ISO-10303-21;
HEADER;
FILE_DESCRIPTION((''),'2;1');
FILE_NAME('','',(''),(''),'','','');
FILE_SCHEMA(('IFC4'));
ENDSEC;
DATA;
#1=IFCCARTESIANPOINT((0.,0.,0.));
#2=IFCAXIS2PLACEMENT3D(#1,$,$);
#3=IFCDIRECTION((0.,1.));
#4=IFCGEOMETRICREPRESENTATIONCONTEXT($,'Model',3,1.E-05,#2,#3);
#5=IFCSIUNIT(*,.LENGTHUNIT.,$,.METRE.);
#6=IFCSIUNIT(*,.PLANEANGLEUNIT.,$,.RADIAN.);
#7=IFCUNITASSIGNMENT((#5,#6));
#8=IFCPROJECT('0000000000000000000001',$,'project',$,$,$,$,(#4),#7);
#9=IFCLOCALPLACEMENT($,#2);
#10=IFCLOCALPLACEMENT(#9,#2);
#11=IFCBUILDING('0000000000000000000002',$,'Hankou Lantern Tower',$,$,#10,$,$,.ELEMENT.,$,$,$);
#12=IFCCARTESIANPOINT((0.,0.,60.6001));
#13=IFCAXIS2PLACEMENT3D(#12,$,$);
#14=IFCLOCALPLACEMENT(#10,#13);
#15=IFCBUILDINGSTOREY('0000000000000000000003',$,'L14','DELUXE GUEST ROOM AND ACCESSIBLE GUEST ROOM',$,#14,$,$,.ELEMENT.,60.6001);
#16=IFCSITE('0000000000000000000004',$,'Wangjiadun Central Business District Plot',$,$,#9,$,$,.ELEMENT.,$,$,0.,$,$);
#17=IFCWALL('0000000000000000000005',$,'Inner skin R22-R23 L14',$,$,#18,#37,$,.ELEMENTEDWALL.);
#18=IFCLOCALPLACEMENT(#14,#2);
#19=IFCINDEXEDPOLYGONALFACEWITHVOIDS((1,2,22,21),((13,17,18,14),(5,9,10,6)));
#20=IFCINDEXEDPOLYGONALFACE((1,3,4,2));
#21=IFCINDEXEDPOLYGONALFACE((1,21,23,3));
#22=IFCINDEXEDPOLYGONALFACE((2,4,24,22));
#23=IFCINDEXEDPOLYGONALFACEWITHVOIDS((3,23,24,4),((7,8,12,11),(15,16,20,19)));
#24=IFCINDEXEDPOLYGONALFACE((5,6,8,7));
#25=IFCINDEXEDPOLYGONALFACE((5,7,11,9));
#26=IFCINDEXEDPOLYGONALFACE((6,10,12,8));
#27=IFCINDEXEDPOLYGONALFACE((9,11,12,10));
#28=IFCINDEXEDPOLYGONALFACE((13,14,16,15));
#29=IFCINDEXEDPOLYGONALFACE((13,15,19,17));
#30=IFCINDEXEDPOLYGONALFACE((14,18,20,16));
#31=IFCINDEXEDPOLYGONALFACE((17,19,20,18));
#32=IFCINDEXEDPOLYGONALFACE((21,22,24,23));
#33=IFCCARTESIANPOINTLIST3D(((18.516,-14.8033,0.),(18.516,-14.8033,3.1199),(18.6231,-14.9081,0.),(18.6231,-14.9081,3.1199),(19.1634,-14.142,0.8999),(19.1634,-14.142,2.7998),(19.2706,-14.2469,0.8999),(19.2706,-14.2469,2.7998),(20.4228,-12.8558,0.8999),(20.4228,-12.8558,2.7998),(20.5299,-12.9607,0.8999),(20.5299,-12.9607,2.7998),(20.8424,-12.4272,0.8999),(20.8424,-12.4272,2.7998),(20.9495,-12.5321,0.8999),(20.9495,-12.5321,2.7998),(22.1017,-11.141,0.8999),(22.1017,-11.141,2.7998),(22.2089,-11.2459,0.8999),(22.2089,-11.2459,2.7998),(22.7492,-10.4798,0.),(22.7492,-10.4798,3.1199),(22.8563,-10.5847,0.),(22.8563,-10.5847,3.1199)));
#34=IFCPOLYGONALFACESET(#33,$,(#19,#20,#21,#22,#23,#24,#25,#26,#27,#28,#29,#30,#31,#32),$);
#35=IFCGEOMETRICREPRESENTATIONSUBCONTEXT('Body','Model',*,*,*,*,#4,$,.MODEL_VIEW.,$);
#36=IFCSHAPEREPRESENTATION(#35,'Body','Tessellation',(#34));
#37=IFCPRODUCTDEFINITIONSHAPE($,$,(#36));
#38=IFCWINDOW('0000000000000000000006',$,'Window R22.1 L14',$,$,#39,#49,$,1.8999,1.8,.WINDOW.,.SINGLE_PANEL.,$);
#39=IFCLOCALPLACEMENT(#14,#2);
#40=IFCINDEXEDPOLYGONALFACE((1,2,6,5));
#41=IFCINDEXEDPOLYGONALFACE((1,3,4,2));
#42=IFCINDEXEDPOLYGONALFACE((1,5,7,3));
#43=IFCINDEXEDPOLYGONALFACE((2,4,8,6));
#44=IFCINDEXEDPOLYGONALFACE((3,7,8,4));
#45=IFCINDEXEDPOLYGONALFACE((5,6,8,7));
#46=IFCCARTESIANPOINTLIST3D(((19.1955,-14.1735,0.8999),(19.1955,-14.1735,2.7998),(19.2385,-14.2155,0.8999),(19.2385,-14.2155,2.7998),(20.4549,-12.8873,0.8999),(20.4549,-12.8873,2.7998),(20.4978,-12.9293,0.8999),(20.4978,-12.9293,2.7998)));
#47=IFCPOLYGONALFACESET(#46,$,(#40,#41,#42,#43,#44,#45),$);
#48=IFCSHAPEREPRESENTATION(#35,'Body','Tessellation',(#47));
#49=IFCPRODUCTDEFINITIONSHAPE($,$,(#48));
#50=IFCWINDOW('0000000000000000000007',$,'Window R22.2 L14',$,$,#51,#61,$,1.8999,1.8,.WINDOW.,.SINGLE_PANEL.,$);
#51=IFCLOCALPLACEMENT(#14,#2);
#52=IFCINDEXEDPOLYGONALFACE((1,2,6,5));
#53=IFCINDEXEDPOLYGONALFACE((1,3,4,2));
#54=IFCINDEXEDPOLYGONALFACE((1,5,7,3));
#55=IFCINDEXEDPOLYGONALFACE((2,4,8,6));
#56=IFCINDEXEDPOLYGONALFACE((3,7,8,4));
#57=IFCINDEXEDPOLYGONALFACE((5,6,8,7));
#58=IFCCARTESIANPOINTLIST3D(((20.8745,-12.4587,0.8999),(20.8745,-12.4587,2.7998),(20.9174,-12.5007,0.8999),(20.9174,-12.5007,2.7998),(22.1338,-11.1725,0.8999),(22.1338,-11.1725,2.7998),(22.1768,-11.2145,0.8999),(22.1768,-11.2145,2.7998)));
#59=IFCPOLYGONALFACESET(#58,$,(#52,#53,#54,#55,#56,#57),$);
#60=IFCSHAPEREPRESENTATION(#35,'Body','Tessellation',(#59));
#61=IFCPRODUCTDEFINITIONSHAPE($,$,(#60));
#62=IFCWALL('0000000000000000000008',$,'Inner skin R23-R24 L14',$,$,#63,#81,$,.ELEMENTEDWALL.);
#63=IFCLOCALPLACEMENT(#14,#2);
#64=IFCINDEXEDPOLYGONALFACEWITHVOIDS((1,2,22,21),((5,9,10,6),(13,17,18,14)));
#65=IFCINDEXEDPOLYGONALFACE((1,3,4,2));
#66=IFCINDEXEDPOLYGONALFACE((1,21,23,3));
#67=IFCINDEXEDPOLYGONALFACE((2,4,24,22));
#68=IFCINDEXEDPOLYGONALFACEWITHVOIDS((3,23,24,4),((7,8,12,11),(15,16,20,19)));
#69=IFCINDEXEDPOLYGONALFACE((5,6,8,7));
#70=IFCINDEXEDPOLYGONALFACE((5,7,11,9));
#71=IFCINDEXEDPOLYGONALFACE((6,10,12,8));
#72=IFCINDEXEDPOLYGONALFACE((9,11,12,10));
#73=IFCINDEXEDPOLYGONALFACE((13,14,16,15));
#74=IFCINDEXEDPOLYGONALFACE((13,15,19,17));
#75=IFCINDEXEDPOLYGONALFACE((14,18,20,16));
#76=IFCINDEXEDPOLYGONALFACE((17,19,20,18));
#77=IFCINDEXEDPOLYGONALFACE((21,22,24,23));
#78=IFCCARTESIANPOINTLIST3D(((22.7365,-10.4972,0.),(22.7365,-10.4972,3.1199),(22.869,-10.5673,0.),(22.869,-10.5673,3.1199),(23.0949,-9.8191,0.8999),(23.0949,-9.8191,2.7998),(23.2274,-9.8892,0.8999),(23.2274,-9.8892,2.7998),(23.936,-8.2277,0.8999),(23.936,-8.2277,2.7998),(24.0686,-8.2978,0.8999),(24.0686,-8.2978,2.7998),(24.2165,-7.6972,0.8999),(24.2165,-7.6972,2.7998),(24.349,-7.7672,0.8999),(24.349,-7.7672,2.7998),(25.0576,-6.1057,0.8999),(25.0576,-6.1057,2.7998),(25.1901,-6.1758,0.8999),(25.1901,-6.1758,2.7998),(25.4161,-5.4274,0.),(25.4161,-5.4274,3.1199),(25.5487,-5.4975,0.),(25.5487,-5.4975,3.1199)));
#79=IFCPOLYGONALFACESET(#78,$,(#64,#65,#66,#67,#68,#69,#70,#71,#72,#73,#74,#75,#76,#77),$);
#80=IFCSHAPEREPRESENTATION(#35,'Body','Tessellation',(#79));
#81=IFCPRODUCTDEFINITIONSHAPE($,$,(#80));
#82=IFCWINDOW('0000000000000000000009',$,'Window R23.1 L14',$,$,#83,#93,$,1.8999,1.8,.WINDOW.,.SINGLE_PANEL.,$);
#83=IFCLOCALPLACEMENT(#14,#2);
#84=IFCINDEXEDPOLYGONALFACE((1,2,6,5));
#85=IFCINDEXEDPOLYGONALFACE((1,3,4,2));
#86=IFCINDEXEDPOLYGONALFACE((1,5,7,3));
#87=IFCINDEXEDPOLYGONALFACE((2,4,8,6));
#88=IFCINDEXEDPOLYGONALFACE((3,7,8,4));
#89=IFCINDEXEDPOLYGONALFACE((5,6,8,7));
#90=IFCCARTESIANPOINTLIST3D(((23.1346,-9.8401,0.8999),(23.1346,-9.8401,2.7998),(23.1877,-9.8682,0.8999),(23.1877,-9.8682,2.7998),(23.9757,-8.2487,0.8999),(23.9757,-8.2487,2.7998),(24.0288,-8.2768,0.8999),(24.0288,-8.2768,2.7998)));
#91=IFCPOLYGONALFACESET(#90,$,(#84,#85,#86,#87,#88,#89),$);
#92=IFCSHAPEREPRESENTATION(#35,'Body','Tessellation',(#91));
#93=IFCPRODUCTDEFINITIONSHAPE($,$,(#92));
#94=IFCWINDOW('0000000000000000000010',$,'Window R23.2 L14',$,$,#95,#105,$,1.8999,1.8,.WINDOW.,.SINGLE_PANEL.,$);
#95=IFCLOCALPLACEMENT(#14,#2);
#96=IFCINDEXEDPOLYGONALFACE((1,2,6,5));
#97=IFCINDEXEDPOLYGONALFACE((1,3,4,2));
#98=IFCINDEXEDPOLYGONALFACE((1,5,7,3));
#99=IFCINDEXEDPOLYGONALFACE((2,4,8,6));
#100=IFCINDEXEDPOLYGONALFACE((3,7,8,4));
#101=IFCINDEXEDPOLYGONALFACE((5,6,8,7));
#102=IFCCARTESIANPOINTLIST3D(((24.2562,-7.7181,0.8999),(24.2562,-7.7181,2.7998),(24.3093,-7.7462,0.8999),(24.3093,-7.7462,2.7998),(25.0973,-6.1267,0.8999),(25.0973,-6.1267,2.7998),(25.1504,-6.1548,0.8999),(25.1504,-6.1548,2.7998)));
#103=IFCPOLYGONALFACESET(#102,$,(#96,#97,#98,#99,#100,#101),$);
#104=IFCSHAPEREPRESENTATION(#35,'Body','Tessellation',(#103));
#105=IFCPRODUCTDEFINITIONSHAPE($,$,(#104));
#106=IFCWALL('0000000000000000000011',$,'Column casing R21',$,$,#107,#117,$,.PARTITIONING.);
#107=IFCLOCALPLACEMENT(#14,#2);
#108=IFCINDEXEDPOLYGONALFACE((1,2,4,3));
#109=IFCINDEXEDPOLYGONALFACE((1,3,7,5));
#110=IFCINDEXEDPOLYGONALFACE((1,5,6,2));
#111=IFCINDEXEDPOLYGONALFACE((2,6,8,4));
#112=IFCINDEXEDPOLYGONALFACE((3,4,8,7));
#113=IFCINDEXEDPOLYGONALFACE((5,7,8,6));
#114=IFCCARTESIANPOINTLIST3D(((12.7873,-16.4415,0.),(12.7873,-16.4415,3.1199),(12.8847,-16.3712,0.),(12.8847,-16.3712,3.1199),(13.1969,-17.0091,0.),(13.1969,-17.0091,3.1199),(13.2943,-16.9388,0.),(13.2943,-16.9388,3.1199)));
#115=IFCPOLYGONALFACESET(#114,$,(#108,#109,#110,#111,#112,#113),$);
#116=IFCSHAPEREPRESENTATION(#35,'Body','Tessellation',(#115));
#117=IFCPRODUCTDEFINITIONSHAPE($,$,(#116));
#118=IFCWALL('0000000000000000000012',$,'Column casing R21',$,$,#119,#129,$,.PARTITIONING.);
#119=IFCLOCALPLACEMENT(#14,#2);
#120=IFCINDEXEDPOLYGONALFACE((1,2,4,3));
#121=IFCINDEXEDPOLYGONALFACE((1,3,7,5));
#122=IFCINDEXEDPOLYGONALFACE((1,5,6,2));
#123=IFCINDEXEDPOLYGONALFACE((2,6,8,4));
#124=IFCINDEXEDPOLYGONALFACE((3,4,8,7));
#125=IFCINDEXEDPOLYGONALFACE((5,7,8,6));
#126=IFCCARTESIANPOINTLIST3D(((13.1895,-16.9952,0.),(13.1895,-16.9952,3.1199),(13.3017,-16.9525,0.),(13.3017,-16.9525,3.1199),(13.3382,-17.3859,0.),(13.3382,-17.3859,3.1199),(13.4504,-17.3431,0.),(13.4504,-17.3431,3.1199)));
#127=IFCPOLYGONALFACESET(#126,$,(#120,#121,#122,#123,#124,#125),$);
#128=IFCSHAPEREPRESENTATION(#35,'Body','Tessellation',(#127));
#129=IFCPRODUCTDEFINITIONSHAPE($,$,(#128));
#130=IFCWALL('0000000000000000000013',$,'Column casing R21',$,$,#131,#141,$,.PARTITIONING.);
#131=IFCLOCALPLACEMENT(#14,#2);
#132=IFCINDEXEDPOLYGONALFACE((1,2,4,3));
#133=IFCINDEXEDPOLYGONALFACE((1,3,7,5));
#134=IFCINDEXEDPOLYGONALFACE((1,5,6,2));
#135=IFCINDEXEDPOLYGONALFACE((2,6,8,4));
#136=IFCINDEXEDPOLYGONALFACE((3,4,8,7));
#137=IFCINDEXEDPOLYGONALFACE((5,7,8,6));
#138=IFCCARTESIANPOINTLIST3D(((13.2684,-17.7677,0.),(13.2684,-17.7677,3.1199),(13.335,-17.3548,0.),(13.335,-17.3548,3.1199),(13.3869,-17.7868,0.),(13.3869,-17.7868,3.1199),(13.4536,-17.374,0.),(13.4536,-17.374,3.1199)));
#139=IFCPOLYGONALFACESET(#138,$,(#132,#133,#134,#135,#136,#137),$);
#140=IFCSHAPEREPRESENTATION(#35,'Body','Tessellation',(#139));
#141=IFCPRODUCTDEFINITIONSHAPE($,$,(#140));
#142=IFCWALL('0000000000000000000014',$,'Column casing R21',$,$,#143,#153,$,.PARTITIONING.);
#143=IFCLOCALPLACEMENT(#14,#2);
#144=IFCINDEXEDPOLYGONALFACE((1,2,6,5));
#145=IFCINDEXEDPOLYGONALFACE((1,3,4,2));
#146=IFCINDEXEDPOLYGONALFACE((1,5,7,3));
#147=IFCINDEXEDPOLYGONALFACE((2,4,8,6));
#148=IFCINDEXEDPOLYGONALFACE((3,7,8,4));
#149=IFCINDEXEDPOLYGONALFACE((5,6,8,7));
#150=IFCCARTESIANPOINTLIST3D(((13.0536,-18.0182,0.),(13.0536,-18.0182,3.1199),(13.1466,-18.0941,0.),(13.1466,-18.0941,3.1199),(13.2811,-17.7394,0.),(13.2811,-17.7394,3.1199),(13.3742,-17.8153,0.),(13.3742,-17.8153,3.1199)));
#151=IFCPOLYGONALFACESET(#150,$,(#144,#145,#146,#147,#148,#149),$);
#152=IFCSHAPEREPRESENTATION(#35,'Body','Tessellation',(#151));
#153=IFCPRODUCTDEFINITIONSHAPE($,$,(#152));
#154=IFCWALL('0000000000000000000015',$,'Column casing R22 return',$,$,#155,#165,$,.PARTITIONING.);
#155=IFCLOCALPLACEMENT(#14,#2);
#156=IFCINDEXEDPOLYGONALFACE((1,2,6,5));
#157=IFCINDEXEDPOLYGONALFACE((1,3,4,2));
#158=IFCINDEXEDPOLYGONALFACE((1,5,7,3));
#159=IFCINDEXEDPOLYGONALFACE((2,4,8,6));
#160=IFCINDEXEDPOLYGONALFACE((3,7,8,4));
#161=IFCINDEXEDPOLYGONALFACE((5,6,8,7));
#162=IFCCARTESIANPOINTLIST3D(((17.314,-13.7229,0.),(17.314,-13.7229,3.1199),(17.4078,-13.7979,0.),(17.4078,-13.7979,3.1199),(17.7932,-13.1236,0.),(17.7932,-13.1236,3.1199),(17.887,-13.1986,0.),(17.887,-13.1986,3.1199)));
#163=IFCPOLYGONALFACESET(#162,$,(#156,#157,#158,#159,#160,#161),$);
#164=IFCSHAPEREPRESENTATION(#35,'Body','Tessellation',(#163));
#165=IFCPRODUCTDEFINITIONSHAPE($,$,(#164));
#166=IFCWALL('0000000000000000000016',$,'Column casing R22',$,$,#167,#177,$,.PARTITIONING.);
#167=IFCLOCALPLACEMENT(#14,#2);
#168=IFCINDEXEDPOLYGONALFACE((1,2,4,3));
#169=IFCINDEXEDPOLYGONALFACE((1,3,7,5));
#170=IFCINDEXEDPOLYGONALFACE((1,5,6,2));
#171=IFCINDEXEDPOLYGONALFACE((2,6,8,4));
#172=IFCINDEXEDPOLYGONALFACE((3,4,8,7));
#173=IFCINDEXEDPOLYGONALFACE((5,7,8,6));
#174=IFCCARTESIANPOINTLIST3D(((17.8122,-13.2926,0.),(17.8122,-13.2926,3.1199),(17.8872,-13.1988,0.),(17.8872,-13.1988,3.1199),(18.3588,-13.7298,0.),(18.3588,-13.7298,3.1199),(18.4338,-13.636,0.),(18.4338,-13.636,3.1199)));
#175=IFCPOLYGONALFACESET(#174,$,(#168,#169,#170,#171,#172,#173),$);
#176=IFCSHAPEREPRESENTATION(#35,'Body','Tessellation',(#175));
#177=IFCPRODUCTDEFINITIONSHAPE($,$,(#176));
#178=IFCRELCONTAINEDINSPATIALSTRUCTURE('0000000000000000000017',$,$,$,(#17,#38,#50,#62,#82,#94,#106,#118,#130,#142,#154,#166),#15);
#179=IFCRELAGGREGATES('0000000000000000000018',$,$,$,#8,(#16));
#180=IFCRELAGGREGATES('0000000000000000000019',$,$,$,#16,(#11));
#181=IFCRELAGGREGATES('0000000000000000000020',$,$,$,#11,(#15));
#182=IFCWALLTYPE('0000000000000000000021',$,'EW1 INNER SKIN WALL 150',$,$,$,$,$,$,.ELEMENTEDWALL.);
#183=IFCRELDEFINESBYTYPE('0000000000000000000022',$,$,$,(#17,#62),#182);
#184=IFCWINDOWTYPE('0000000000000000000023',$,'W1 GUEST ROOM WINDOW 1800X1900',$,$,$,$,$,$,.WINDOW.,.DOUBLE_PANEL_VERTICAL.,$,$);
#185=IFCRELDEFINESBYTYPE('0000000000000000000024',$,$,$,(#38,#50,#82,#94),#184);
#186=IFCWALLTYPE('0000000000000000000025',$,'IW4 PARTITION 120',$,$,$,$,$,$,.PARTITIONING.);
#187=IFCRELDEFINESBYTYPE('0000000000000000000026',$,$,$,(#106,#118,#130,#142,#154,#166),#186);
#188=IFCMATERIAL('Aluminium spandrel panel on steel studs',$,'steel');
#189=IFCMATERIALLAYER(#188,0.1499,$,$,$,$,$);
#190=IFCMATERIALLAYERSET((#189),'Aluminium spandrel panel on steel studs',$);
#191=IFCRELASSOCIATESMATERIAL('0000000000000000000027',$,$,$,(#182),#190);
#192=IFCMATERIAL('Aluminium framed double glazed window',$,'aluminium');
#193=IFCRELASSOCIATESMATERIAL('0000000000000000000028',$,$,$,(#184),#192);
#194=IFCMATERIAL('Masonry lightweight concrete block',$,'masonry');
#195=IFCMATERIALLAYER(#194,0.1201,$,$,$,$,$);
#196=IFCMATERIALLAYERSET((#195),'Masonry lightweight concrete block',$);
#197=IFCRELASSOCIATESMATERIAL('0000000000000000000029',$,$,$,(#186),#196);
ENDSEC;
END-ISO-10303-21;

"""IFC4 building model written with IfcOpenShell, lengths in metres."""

from ifc_helpers import new_model, si_unit, direction, frame, frame_2d, origin, place, context, subcontext, project, spatial, rectangle, extrude, material, layer, layer_set, type_object, element, fill, save


model = new_model("IFC4")

# Units and contexts
model_context = context("Model", 3, precision=1e-05, world=origin(), true_north=direction((0.0, 1.0)))
body_context = subcontext(model_context, "Body", "Model", "MODEL_VIEW")
ifc_project = project(units=[si_unit("LENGTHUNIT", "METRE"), si_unit("PLANEANGLEUNIT", "RADIAN")], contexts=[model_context])

# Site, building, storey
site_placement = place(None, origin())
site = spatial("IfcSite", under=ifc_project, at=site_placement, Name="Wangjiadun Central Business District Plot", CompositionType="ELEMENT", RefElevation=0.0)
building_placement = place(site_placement, origin())
building = spatial("IfcBuilding", under=site, at=building_placement, Name="Hankou Lantern Tower", CompositionType="ELEMENT")
storey_placement = place(building_placement, frame((0.0, 0.0, 60.6001)))
storey = spatial("IfcBuildingStorey", under=building, at=storey_placement, Name="L14", Description="DELUXE GUEST ROOM AND ACCESSIBLE GUEST ROOM", CompositionType="ELEMENT", Elevation=60.6001)

# Walls, openings, windows
ifc_material_1 = material(Name="Aluminium spandrel panel on steel studs", Category="steel")
ifc_layer_1 = layer(ifc_material_1, 0.1499)
ifc_layer_set_1 = layer_set([ifc_layer_1], Name="Aluminium spandrel panel on steel studs")
wall_type_1 = type_object("IfcWallType", Name="EW1 INNER SKIN WALL 150", PredefinedType="ELEMENTEDWALL", material=ifc_layer_set_1)
ifc_material_2 = material(Name="Aluminium framed double glazed window", Category="aluminium")
window_type = type_object("IfcWindowType", Name="W1 GUEST ROOM WINDOW 1800X1900", PartitioningType="DOUBLE_PANEL_VERTICAL", PredefinedType="WINDOW", material=ifc_material_2)
wall_1_placement = place(storey_placement, frame((18.5696, -14.8557, 0.0), z_axis=(0.0, 0.0, 1.0), x_axis=(0.699603, 0.714532, 0.0)))
wall_1 = element("IfcWall", 1, at=wall_1_placement, inside=storey, type_object=wall_type_1, Name="Inner skin R22-R23 L14", PredefinedType="ELEMENTEDWALL", context=body_context, shape_type="SweptSolid", body=[
    extrude(rectangle(XDim=6.0508, YDim=0.1499, at=frame_2d((3.0254, 0.0))), origin(), (0.0, 0.0, 1.0), 3.1199),
])
opening_1_placement = place(wall_1_placement, frame((0.9255, 0.0, 0.8999)))
opening_1 = element("IfcOpeningElement", 2, at=opening_1_placement, cuts=wall_1, PredefinedType="OPENING", context=body_context, shape_type="SweptSolid", body=[
    extrude(rectangle(XDim=1.8, YDim=1.8999, at=frame_2d((0.8999, 0.95))), frame((0.0, 0.085, 0.0), z_axis=(0.0, -1.0, 0.0), x_axis=(1.0, 0.0, 0.0)), (0.0, 0.0, 1.0), 0.1699),
])
opening_2_placement = place(wall_1_placement, frame((3.3254, 0.0, 0.8999)))
opening_2 = element("IfcOpeningElement", 3, at=opening_2_placement, cuts=wall_1, PredefinedType="OPENING", context=body_context, shape_type="SweptSolid", body=[
    extrude(rectangle(XDim=1.8, YDim=1.8999, at=frame_2d((0.8999, 0.95))), frame((0.0, 0.085, 0.0), z_axis=(0.0, -1.0, 0.0), x_axis=(1.0, 0.0, 0.0)), (0.0, 0.0, 1.0), 0.1699),
])
window_1_placement = place(opening_1_placement, origin())
window_1 = element("IfcWindow", 4, at=window_1_placement, inside=storey, type_object=window_type, Name="Window R22.1 L14", OverallHeight=1.8999, OverallWidth=1.8, PartitioningType="SINGLE_PANEL", PredefinedType="WINDOW", context=body_context, shape_type="SweptSolid", body=[
    extrude(rectangle(XDim=1.8, YDim=1.8999, at=frame_2d((0.8999, 0.95))), frame((0.0, 0.03, 0.0), z_axis=(0.0, -1.0, 0.0), x_axis=(1.0, 0.0, 0.0)), (0.0, 0.0, 1.0), 0.0601),
])
fill(opening_1, window_1)
window_2_placement = place(opening_2_placement, origin())
window_2 = element("IfcWindow", 5, at=window_2_placement, inside=storey, type_object=window_type, Name="Window R22.2 L14", OverallHeight=1.8999, OverallWidth=1.8, PartitioningType="SINGLE_PANEL", PredefinedType="WINDOW", context=body_context, shape_type="SweptSolid", body=[
    extrude(rectangle(XDim=1.8, YDim=1.8999, at=frame_2d((0.8999, 0.95))), frame((0.0, 0.03, 0.0), z_axis=(0.0, -1.0, 0.0), x_axis=(1.0, 0.0, 0.0)), (0.0, 0.0, 1.0), 0.0601),
])
fill(opening_2, window_2)
wall_2_placement = place(storey_placement, frame((22.8027, -10.5322, 0.0), z_axis=(0.0, 0.0, 1.0), x_axis=(0.467297, 0.8841, 0.0)))
wall_2 = element("IfcWall", 6, at=wall_2_placement, inside=storey, type_object=wall_type_1, Name="Inner skin R23-R24 L14", PredefinedType="ELEMENTEDWALL", context=body_context, shape_type="SweptSolid", body=[
    extrude(rectangle(XDim=5.7344, YDim=0.1499, at=frame_2d((2.8672, 0.0))), origin(), (0.0, 0.0, 1.0), 3.1199),
])
opening_3_placement = place(wall_2_placement, frame((0.7671, 0.0, 0.8999)))
opening_3 = element("IfcOpeningElement", 7, at=opening_3_placement, cuts=wall_2, PredefinedType="OPENING", context=body_context, shape_type="SweptSolid", body=[
    extrude(rectangle(XDim=1.8, YDim=1.8999, at=frame_2d((0.8999, 0.95))), frame((0.0, 0.085, 0.0), z_axis=(0.0, -1.0, 0.0), x_axis=(1.0, 0.0, 0.0)), (0.0, 0.0, 1.0), 0.1699),
])
opening_4_placement = place(wall_2_placement, frame((3.1672, 0.0, 0.8999)))
opening_4 = element("IfcOpeningElement", 8, at=opening_4_placement, cuts=wall_2, PredefinedType="OPENING", context=body_context, shape_type="SweptSolid", body=[
    extrude(rectangle(XDim=1.8, YDim=1.8999, at=frame_2d((0.8999, 0.95))), frame((0.0, 0.085, 0.0), z_axis=(0.0, -1.0, 0.0), x_axis=(1.0, 0.0, 0.0)), (0.0, 0.0, 1.0), 0.1699),
])
window_3_placement = place(opening_3_placement, origin())
window_3 = element("IfcWindow", 9, at=window_3_placement, inside=storey, type_object=window_type, Name="Window R23.1 L14", OverallHeight=1.8999, OverallWidth=1.8, PartitioningType="SINGLE_PANEL", PredefinedType="WINDOW", context=body_context, shape_type="SweptSolid", body=[
    extrude(rectangle(XDim=1.8, YDim=1.8999, at=frame_2d((0.8999, 0.95))), frame((0.0, 0.03, 0.0), z_axis=(0.0, -1.0, 0.0), x_axis=(1.0, 0.0, 0.0)), (0.0, 0.0, 1.0), 0.0601),
])
fill(opening_3, window_3)
window_4_placement = place(opening_4_placement, origin())
window_4 = element("IfcWindow", 10, at=window_4_placement, inside=storey, type_object=window_type, Name="Window R23.2 L14", OverallHeight=1.8999, OverallWidth=1.8, PartitioningType="SINGLE_PANEL", PredefinedType="WINDOW", context=body_context, shape_type="SweptSolid", body=[
    extrude(rectangle(XDim=1.8, YDim=1.8999, at=frame_2d((0.8999, 0.95))), frame((0.0, 0.03, 0.0), z_axis=(0.0, -1.0, 0.0), x_axis=(1.0, 0.0, 0.0)), (0.0, 0.0, 1.0), 0.0601),
])
fill(opening_4, window_4)

# Walls
ifc_material_3 = material(Name="Masonry lightweight concrete block", Category="masonry")
ifc_layer_2 = layer(ifc_material_3, 0.1201)
ifc_layer_set_2 = layer_set([ifc_layer_2], Name="Masonry lightweight concrete block")
wall_type_2 = type_object("IfcWallType", Name="IW4 PARTITION 120", PredefinedType="PARTITIONING", material=ifc_layer_set_2)
wall_3_placement = place(storey_placement, frame((12.8359, -16.4062, 0.0), z_axis=(0.0, 0.0, 1.0), x_axis=(0.585223, -0.810872, 0.0)))
element("IfcWall", 11, at=wall_3_placement, inside=storey, type_object=wall_type_2, Name="Column casing R21", PredefinedType="PARTITIONING", context=body_context, shape_type="SweptSolid", body=[
    extrude(rectangle(XDim=0.7, YDim=0.1201, at=frame_2d((0.3501, 0.0))), origin(), (0.0, 0.0, 1.0), 3.1199),
])
wall_4_placement = place(storey_placement, frame((13.2456, -16.9739, 0.0), z_axis=(0.0, 0.0, 1.0), x_axis=(0.355728, -0.934589, 0.0)))
element("IfcWall", 12, at=wall_4_placement, inside=storey, type_object=wall_type_2, Name="Column casing R21", PredefinedType="PARTITIONING", context=body_context, shape_type="SweptSolid", body=[
    extrude(rectangle(XDim=0.418, YDim=0.1201, at=frame_2d((0.209, 0.0))), origin(), (0.0, 0.0, 1.0), 3.1199),
])
wall_5_placement = place(storey_placement, frame((13.3943, -17.3645, 0.0), z_axis=(0.0, 0.0, 1.0), x_axis=(-0.159379, -0.987217, 0.0)))
element("IfcWall", 13, at=wall_5_placement, inside=storey, type_object=wall_type_2, Name="Column casing R21", PredefinedType="PARTITIONING", context=body_context, shape_type="SweptSolid", body=[
    extrude(rectangle(XDim=0.4182, YDim=0.1201, at=frame_2d((0.209, 0.0))), origin(), (0.0, 0.0, 1.0), 3.1199),
])
wall_6_placement = place(storey_placement, frame((13.3276, -17.7773, 0.0), z_axis=(0.0, 0.0, 1.0), x_axis=(-0.632277, -0.774743, 0.0)))
element("IfcWall", 14, at=wall_6_placement, inside=storey, type_object=wall_type_2, Name="Column casing R21", PredefinedType="PARTITIONING", context=body_context, shape_type="SweptSolid", body=[
    extrude(rectangle(XDim=0.3599, YDim=0.1201, at=frame_2d((0.1799, 0.0))), origin(), (0.0, 0.0, 1.0), 3.1199),
])
wall_7_placement = place(storey_placement, frame((17.3608, -13.7605, 0.0), z_axis=(0.0, 0.0, 1.0), x_axis=(0.624501, 0.781024, 0.0)))
element("IfcWall", 15, at=wall_7_placement, inside=storey, type_object=wall_type_2, Name="Column casing R22 return", PredefinedType="PARTITIONING", context=body_context, shape_type="SweptSolid", body=[
    extrude(rectangle(XDim=0.7673, YDim=0.1201, at=frame_2d((0.3838, 0.0))), origin(), (0.0, 0.0, 1.0), 3.1199),
])
wall_8_placement = place(storey_placement, frame((17.8496, -13.2456, 0.0), z_axis=(0.0, 0.0, 1.0), x_axis=(0.780903, -0.624653, 0.0)))
element("IfcWall", 16, at=wall_8_placement, inside=storey, type_object=wall_type_2, Name="Column casing R22", PredefinedType="PARTITIONING", context=body_context, shape_type="SweptSolid", body=[
    extrude(rectangle(XDim=0.7, YDim=0.1201, at=frame_2d((0.3501, 0.0))), origin(), (0.0, 0.0, 1.0), 3.1199),
])

save(model, "model.ifc")
